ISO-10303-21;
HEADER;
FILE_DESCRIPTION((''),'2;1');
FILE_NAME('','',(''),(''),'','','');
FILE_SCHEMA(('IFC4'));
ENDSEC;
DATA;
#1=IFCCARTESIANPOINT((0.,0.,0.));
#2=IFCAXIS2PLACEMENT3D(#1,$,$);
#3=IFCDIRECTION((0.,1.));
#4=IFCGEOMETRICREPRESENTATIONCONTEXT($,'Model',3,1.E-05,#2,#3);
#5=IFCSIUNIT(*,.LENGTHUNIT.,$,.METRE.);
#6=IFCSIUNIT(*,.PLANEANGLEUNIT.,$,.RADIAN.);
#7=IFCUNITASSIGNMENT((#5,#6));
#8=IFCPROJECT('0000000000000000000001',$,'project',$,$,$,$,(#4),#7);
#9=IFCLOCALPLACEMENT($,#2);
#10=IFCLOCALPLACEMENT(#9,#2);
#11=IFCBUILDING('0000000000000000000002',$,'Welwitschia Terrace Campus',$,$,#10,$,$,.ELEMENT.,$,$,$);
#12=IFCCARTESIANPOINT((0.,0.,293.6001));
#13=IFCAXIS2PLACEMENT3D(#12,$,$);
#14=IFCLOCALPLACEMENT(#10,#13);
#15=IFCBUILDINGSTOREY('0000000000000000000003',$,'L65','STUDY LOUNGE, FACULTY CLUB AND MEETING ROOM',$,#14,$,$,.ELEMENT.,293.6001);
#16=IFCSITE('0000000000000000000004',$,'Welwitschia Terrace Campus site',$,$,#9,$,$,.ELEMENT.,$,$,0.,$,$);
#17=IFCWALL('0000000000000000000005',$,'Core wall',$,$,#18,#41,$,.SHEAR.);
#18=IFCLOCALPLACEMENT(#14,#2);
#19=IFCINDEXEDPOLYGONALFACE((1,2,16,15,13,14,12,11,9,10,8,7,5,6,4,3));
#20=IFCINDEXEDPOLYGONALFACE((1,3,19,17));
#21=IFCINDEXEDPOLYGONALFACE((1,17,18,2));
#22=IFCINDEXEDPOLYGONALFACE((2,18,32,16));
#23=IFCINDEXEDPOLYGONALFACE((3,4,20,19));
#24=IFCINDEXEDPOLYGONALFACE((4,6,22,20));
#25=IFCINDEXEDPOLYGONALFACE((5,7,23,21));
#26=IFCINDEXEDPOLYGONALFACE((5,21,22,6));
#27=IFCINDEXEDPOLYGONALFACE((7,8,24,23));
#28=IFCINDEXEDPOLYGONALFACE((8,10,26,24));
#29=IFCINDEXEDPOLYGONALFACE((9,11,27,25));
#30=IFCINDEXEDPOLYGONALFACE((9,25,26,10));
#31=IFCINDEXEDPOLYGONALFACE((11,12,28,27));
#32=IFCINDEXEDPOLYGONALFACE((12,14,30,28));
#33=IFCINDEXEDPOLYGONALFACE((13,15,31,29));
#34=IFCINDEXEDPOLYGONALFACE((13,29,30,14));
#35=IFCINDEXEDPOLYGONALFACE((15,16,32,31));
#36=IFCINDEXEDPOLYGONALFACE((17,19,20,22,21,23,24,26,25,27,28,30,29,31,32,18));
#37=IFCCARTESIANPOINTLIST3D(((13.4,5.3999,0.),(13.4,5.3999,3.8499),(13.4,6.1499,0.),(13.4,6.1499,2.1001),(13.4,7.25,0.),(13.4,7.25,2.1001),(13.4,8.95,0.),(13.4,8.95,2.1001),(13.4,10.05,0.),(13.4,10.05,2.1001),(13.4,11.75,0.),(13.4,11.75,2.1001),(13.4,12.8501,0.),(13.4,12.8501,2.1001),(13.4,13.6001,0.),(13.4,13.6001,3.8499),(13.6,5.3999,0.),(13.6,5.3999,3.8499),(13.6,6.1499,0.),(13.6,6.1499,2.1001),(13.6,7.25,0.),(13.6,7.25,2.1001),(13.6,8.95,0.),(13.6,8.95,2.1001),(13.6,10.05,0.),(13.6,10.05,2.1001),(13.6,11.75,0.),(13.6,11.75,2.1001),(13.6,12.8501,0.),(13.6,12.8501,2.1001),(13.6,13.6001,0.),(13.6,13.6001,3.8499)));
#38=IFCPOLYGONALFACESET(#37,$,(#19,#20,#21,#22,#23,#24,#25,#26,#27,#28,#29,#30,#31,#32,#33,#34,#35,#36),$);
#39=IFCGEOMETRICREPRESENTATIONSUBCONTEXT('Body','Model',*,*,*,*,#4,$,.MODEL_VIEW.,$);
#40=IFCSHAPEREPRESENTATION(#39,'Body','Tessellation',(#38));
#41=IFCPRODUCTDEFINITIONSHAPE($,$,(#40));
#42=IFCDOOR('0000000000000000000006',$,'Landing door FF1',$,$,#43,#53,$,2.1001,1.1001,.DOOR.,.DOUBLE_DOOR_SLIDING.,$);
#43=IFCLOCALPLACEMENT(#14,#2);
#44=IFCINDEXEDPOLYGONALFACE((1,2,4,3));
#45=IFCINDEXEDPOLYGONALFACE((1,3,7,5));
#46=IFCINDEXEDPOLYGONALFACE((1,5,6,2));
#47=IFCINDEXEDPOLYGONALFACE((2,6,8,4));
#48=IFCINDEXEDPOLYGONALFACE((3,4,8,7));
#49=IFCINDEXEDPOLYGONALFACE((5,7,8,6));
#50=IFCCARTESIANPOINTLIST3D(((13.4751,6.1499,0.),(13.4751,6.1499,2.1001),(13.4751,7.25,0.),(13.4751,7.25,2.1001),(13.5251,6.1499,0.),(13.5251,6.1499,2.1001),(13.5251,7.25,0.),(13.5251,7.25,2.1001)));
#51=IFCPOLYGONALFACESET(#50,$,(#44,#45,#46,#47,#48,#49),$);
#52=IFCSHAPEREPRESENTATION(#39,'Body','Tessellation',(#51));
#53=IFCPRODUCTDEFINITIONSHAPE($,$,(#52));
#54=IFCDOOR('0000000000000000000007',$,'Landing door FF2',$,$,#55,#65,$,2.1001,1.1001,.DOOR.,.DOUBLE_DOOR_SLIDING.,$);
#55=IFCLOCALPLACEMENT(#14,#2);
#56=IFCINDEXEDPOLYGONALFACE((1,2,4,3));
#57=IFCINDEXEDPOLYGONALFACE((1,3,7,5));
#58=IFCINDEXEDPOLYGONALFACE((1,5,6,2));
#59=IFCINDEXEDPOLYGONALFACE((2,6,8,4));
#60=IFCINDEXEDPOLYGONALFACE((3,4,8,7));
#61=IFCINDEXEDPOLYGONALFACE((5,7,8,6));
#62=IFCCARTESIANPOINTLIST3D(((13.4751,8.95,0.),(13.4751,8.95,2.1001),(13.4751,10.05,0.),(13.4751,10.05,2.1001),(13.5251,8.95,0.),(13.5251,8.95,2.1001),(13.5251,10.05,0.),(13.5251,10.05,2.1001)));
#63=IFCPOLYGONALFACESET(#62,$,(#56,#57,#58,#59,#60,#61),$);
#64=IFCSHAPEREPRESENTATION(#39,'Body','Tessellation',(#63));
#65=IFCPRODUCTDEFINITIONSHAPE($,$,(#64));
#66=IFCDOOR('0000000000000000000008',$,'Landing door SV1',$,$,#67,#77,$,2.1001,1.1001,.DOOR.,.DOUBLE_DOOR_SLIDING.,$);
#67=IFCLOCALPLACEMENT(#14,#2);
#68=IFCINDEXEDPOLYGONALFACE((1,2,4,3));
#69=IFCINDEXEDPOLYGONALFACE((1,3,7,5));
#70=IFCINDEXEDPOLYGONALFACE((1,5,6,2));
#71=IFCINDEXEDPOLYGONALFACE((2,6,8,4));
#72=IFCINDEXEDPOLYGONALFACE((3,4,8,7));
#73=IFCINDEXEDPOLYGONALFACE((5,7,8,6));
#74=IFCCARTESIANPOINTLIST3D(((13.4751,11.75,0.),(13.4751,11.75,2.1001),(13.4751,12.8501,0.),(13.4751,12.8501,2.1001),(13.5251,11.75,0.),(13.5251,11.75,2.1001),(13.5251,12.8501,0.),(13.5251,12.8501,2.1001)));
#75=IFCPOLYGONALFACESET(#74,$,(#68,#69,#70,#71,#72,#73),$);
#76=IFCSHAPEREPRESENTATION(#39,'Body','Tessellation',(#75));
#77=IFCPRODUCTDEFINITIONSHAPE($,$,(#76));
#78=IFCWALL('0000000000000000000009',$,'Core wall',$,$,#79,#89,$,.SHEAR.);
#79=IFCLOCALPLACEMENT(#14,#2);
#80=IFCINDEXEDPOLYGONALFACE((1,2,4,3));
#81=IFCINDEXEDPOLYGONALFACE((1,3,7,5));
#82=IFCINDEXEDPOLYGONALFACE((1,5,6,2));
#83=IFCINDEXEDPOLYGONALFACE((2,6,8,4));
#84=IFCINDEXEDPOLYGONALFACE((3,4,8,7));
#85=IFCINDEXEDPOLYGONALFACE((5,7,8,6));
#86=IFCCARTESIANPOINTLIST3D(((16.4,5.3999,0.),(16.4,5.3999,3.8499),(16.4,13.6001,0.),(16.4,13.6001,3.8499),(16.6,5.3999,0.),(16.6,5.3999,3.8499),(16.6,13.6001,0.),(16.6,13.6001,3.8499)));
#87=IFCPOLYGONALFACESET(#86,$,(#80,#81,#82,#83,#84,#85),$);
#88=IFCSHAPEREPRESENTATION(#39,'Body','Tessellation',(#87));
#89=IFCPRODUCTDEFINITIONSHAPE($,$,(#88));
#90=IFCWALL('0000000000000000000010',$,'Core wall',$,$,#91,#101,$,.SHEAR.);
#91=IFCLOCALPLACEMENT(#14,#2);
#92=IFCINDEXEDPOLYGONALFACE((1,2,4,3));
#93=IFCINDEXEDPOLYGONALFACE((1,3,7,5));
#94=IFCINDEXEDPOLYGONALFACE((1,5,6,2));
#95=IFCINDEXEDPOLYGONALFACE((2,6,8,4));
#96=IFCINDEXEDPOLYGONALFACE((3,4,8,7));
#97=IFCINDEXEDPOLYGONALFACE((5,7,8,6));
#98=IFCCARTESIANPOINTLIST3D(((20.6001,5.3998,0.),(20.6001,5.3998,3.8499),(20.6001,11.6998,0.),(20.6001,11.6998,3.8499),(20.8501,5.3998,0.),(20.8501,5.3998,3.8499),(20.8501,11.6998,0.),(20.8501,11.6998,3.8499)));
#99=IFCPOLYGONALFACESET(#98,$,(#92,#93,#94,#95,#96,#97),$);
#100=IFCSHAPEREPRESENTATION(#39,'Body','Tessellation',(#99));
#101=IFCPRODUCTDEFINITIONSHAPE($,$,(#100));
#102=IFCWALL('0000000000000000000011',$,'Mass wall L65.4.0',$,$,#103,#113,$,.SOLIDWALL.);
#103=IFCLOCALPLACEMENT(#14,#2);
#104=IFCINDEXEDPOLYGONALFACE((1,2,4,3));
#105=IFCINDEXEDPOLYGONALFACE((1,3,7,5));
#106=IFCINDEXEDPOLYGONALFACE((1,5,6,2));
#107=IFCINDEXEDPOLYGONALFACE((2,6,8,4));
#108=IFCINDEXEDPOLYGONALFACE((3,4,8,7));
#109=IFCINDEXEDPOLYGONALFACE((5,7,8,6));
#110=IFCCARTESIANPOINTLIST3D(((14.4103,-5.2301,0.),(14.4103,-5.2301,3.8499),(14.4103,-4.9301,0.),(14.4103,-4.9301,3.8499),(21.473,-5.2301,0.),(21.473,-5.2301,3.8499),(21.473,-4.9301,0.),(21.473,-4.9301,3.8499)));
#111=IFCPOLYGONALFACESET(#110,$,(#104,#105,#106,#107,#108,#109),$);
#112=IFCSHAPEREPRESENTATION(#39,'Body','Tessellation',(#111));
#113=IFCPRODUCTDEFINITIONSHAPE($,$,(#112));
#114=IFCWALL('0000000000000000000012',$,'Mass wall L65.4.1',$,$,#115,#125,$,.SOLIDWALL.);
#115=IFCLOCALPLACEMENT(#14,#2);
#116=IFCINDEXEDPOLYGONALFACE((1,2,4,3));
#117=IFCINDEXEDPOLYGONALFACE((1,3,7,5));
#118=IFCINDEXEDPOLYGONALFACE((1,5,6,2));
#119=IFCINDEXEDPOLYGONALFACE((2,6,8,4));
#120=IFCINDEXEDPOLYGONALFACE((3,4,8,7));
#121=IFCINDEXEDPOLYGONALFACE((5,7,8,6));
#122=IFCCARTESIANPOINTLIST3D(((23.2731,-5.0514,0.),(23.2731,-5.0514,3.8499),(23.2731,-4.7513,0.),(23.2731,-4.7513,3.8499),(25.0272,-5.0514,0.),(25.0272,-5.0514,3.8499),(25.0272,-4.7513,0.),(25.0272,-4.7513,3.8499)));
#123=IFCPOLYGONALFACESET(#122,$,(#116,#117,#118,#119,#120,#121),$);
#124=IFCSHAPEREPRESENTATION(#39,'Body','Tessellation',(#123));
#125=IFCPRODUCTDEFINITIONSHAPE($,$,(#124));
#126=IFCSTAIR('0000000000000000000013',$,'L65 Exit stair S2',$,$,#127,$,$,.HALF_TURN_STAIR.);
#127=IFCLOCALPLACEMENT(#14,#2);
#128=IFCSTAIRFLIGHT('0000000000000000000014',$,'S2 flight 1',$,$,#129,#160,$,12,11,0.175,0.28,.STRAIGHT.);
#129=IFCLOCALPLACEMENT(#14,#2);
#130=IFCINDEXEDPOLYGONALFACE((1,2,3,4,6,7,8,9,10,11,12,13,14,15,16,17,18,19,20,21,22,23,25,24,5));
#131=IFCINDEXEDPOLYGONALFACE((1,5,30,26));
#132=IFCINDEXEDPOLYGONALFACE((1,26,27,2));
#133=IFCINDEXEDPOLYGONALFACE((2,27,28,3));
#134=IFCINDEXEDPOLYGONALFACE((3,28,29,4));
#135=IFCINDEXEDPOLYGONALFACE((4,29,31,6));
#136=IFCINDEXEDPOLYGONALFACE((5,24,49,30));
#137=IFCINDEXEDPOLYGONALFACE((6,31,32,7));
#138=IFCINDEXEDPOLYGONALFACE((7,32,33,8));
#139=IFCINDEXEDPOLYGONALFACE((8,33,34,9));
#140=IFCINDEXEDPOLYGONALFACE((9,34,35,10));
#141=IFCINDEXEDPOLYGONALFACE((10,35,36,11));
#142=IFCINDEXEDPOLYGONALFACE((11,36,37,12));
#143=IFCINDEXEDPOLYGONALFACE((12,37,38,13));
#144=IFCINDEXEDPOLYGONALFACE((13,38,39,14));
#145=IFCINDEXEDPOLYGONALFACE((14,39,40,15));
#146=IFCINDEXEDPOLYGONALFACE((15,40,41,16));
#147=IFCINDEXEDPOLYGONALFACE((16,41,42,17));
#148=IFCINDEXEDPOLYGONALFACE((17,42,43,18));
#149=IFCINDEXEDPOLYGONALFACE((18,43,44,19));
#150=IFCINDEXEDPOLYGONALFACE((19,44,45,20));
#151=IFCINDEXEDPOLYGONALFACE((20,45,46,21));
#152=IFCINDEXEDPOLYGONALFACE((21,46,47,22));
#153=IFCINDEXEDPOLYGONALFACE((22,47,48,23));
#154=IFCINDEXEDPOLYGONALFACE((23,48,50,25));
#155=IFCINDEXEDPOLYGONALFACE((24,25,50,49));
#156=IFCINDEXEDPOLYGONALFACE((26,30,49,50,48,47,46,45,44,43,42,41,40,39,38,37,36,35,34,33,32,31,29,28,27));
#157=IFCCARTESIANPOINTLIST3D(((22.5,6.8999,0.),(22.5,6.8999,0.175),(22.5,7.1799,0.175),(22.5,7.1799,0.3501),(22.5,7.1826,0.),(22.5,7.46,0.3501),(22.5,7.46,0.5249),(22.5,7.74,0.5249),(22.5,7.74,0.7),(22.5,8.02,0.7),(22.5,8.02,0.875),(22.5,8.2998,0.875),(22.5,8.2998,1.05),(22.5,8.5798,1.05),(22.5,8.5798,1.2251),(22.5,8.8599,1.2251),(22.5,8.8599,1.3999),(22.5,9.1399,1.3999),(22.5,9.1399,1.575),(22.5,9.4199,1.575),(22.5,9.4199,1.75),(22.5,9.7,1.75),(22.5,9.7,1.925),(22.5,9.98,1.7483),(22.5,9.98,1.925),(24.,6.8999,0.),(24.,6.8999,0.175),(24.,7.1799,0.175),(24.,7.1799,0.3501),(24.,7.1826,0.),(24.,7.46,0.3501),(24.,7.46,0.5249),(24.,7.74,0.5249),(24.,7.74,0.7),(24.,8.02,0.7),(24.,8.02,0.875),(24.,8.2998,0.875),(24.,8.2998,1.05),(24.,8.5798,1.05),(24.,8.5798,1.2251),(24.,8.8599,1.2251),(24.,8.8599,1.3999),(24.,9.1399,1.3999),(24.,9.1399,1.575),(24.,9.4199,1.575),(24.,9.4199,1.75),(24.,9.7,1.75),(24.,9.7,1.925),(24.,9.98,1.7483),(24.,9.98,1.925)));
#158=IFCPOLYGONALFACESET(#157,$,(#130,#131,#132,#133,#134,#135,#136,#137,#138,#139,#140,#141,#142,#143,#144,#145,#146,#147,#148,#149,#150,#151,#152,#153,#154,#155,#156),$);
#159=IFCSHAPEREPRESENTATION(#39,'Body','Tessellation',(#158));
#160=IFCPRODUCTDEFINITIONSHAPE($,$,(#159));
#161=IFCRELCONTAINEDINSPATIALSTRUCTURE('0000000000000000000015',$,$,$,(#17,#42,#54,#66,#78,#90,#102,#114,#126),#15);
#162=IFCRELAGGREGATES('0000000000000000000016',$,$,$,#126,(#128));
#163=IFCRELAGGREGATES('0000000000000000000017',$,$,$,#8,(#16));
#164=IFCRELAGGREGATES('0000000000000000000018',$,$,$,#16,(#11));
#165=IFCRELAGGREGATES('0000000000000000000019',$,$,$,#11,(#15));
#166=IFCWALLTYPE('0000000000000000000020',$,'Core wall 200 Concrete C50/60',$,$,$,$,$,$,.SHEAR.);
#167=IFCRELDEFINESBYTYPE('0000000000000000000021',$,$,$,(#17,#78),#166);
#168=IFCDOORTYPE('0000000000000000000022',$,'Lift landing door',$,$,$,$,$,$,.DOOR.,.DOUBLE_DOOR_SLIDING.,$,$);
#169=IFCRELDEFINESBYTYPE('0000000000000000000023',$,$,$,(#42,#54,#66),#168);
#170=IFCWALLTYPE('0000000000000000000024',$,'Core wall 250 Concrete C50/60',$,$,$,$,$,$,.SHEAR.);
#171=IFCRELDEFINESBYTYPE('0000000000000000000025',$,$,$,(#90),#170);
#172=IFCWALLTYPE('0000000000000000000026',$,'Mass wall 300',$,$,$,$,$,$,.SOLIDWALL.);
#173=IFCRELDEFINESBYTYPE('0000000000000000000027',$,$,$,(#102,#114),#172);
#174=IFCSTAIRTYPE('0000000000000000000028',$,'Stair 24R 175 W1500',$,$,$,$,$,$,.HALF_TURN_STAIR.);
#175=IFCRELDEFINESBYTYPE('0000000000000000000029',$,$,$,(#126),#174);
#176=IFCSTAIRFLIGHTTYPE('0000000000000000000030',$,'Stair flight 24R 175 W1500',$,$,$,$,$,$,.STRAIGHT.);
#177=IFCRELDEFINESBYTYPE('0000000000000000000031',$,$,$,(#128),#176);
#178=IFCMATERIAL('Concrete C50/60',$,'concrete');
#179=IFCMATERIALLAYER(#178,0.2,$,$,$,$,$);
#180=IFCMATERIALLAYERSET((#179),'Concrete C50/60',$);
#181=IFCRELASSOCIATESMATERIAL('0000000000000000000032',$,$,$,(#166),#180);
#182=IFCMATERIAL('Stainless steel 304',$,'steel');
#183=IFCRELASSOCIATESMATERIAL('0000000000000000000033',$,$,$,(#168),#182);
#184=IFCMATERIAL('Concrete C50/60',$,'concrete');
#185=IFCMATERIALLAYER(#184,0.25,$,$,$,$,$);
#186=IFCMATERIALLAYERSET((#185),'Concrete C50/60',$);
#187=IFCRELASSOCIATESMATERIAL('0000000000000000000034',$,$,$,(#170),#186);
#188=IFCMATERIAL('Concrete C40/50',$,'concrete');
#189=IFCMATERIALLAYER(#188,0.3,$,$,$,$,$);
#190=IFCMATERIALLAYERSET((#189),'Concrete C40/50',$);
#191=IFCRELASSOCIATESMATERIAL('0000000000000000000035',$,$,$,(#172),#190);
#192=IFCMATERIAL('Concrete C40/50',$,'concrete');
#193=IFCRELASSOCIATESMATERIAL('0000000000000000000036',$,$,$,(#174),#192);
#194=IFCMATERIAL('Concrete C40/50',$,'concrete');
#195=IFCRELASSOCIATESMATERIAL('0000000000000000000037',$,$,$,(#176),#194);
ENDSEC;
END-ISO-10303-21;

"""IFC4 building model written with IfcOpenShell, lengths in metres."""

from ifc_helpers import new_model, si_unit, direction, frame, frame_2d, origin, place, context, subcontext, project, spatial, polyline, rectangle, outline, extrude, material, layer, layer_set, type_object, element, fill, aggregate, save


model = new_model("IFC4")

# Units and contexts
model_context = context("Model", 3, precision=1e-05, world=origin(), true_north=direction((0.0, 1.0)))
body_context = subcontext(model_context, "Body", "Model", "MODEL_VIEW")
ifc_project = project(units=[si_unit("LENGTHUNIT", "METRE"), si_unit("PLANEANGLEUNIT", "RADIAN")], contexts=[model_context])

# Site, building, storey
site_placement = place(None, origin())
site = spatial("IfcSite", under=ifc_project, at=site_placement, Name="Welwitschia Terrace Campus site", CompositionType="ELEMENT", RefElevation=0.0)
building_placement = place(site_placement, origin())
building = spatial("IfcBuilding", under=site, at=building_placement, Name="Welwitschia Terrace Campus", CompositionType="ELEMENT")
storey_placement = place(building_placement, frame((0.0, 0.0, 293.6001)))
storey = spatial("IfcBuildingStorey", under=building, at=storey_placement, Name="L65", Description="STUDY LOUNGE, FACULTY CLUB AND MEETING ROOM", CompositionType="ELEMENT", Elevation=293.6001)

# Shared definitions
ifc_material_1 = material(Name="Concrete C50/60", Category="concrete")
ifc_layer_1 = layer(ifc_material_1, 0.2)
ifc_layer_set_1 = layer_set([ifc_layer_1], Name="Concrete C50/60")
wall_type_1 = type_object("IfcWallType", Name="Core wall 200 Concrete C50/60", PredefinedType="SHEAR", material=ifc_layer_set_1)

# Wall, openings, doors
wall_1_placement = place(storey_placement, frame((13.5, 5.3999, 0.0), z_axis=(0.0, 0.0, 1.0), x_axis=(0.0, 1.0, 0.0)))
wall_1 = element("IfcWall", 1, at=wall_1_placement, inside=storey, type_object=wall_type_1, Name="Core wall", PredefinedType="SHEAR", context=body_context, shape_type="SweptSolid", body=[
    extrude(rectangle(XDim=8.2002, YDim=0.2, at=frame_2d((4.1001, 0.0))), origin(), (0.0, 0.0, 1.0), 3.8499),
])
opening_1_placement = place(wall_1_placement, frame((0.75, 0.0, 0.0)))
opening_1 = element("IfcOpeningElement", 2, at=opening_1_placement, cuts=wall_1, PredefinedType="OPENING", context=body_context, shape_type="SweptSolid", body=[
    extrude(rectangle(XDim=1.1001, YDim=2.1001, at=frame_2d((0.55, 1.05))), frame((0.0, 0.1099, 0.0), z_axis=(0.0, -1.0, 0.0), x_axis=(1.0, 0.0, 0.0)), (0.0, 0.0, 1.0), 0.22),
])
opening_2_placement = place(wall_1_placement, frame((3.55, 0.0, 0.0)))
opening_2 = element("IfcOpeningElement", 3, at=opening_2_placement, cuts=wall_1, PredefinedType="OPENING", context=body_context, shape_type="SweptSolid", body=[
    extrude(rectangle(XDim=1.1001, YDim=2.1001, at=frame_2d((0.55, 1.05))), frame((0.0, 0.1099, 0.0), z_axis=(0.0, -1.0, 0.0), x_axis=(1.0, 0.0, 0.0)), (0.0, 0.0, 1.0), 0.22),
])
opening_3_placement = place(wall_1_placement, frame((6.3501, 0.0, 0.0)))
opening_3 = element("IfcOpeningElement", 4, at=opening_3_placement, cuts=wall_1, PredefinedType="OPENING", context=body_context, shape_type="SweptSolid", body=[
    extrude(rectangle(XDim=1.1001, YDim=2.1001, at=frame_2d((0.55, 1.05))), frame((0.0, 0.1099, 0.0), z_axis=(0.0, -1.0, 0.0), x_axis=(1.0, 0.0, 0.0)), (0.0, 0.0, 1.0), 0.22),
])
ifc_material_2 = material(Name="Stainless steel 304", Category="steel")
door_type = type_object("IfcDoorType", Name="Lift landing door", OperationType="DOUBLE_DOOR_SLIDING", PredefinedType="DOOR", material=ifc_material_2)
door_1_placement = place(opening_1_placement, origin())
door_1 = element("IfcDoor", 5, at=door_1_placement, inside=storey, type_object=door_type, Name="Landing door FF1", OperationType="DOUBLE_DOOR_SLIDING", OverallHeight=2.1001, OverallWidth=1.1001, PredefinedType="DOOR", context=body_context, shape_type="SweptSolid", body=[
    extrude(rectangle(XDim=1.1001, YDim=2.1001, at=frame_2d((0.55, 1.05))), frame((0.0, 0.0249, 0.0), z_axis=(0.0, -1.0, 0.0), x_axis=(1.0, 0.0, 0.0)), (0.0, 0.0, 1.0), 0.05),
])
fill(opening_1, door_1)
door_2_placement = place(opening_2_placement, origin())
door_2 = element("IfcDoor", 6, at=door_2_placement, inside=storey, type_object=door_type, Name="Landing door FF2", OperationType="DOUBLE_DOOR_SLIDING", OverallHeight=2.1001, OverallWidth=1.1001, PredefinedType="DOOR", context=body_context, shape_type="SweptSolid", body=[
    extrude(rectangle(XDim=1.1001, YDim=2.1001, at=frame_2d((0.55, 1.05))), frame((0.0, 0.0249, 0.0), z_axis=(0.0, -1.0, 0.0), x_axis=(1.0, 0.0, 0.0)), (0.0, 0.0, 1.0), 0.05),
])
fill(opening_2, door_2)
door_3_placement = place(opening_3_placement, origin())
door_3 = element("IfcDoor", 7, at=door_3_placement, inside=storey, type_object=door_type, Name="Landing door SV1", OperationType="DOUBLE_DOOR_SLIDING", OverallHeight=2.1001, OverallWidth=1.1001, PredefinedType="DOOR", context=body_context, shape_type="SweptSolid", body=[
    extrude(rectangle(XDim=1.1001, YDim=2.1001, at=frame_2d((0.55, 1.05))), frame((0.0, 0.0249, 0.0), z_axis=(0.0, -1.0, 0.0), x_axis=(1.0, 0.0, 0.0)), (0.0, 0.0, 1.0), 0.05),
])
fill(opening_3, door_3)

# Walls
wall_2_placement = place(storey_placement, frame((16.5, 5.3999, 0.0), z_axis=(0.0, 0.0, 1.0), x_axis=(0.0, 1.0, 0.0)))
element("IfcWall", 8, at=wall_2_placement, inside=storey, type_object=wall_type_1, Name="Core wall", PredefinedType="SHEAR", context=body_context, shape_type="SweptSolid", body=[
    extrude(rectangle(XDim=8.2002, YDim=0.2, at=frame_2d((4.1001, 0.0))), origin(), (0.0, 0.0, 1.0), 3.8499),
])
ifc_material_3 = material(Name="Concrete C50/60", Category="concrete")
ifc_layer_2 = layer(ifc_material_3, 0.25)
ifc_layer_set_2 = layer_set([ifc_layer_2], Name="Concrete C50/60")
wall_type_2 = type_object("IfcWallType", Name="Core wall 250 Concrete C50/60", PredefinedType="SHEAR", material=ifc_layer_set_2)
wall_3_placement = place(storey_placement, frame((20.7251, 5.3999, 0.0), z_axis=(0.0, 0.0, 1.0), x_axis=(0.0, 1.0, 0.0)))
element("IfcWall", 9, at=wall_3_placement, inside=storey, type_object=wall_type_2, Name="Core wall", PredefinedType="SHEAR", context=body_context, shape_type="SweptSolid", body=[
    extrude(rectangle(XDim=6.3, YDim=0.25, at=frame_2d((3.1499, 0.0))), origin(), (0.0, 0.0, 1.0), 3.8499),
])
ifc_material_4 = material(Name="Concrete C40/50", Category="concrete")
ifc_layer_3 = layer(ifc_material_4, 0.3)
ifc_layer_set_3 = layer_set([ifc_layer_3], Name="Concrete C40/50")
wall_type_3 = type_object("IfcWallType", Name="Mass wall 300", PredefinedType="SOLIDWALL", material=ifc_layer_set_3)
wall_4_placement = place(storey_placement, frame((14.4104, -5.0801, 0.0), z_axis=(0.0, 0.0, 1.0), x_axis=(1.0, 0.0, 0.0)))
element("IfcWall", 10, at=wall_4_placement, inside=storey, type_object=wall_type_3, Name="Mass wall L65.4.0", PredefinedType="SOLIDWALL", context=body_context, shape_type="SweptSolid", body=[
    extrude(rectangle(XDim=7.0627, YDim=0.3, at=frame_2d((3.5312, 0.0))), origin(), (0.0, 0.0, 1.0), 3.8499),
])
wall_5_placement = place(storey_placement, frame((23.2732, -4.9014, 0.0), z_axis=(0.0, 0.0, 1.0), x_axis=(1.0, 0.0, 0.0)))
element("IfcWall", 11, at=wall_5_placement, inside=storey, type_object=wall_type_3, Name="Mass wall L65.4.1", PredefinedType="SOLIDWALL", context=body_context, shape_type="SweptSolid", body=[
    extrude(rectangle(XDim=1.7542, YDim=0.3, at=frame_2d((0.877, 0.0))), origin(), (0.0, 0.0, 1.0), 3.8499),
])

# Stair, stair flight
ifc_material_5 = material(Name="Concrete C40/50", Category="concrete")
stair_type = type_object("IfcStairType", Name="Stair 24R 175 W1500", PredefinedType="HALF_TURN_STAIR", material=ifc_material_5)
stair_placement = place(storey_placement, origin())
stair = element("IfcStair", 12, at=stair_placement, inside=storey, type_object=stair_type, Name="L65 Exit stair S2", PredefinedType="HALF_TURN_STAIR")
ifc_material_6 = material(Name="Concrete C40/50", Category="concrete")
stair_flight_type = type_object("IfcStairFlightType", Name="Stair flight 24R 175 W1500", PredefinedType="STRAIGHT", material=ifc_material_6)
stair_flight_placement = place(storey_placement, frame((23.25, 6.8999, 0.0), z_axis=(0.0, 0.0, 1.0), x_axis=(0.0, 1.0, 0.0)))
stair_flight = element("IfcStairFlight", 13, at=stair_flight_placement, type_object=stair_flight_type, Name="S2 flight 1", NumberOfRisers=12, NumberOfTreads=11, PredefinedType="STRAIGHT", RiserHeight=0.175, TreadLength=0.28, context=body_context, shape_type="SweptSolid", body=[
    extrude(outline(polyline([(0.0, 0.0), (0.0, 0.175), (0.28, 0.175), (0.28, 0.3501), (0.5601, 0.3501), (0.5601, 0.5249), (0.8401, 0.5249), (0.8401, 0.7), (1.1201, 0.7), (1.1201, 0.875), (1.3999, 0.875), (1.3999, 1.05), (1.6799, 1.05), (1.6799, 1.2251), (1.96, 1.2251), (1.96, 1.3999), (2.24, 1.3999), (2.24, 1.575), (2.52, 1.575), (2.52, 1.75), (2.8, 1.75), (2.8, 1.925), (3.0801, 1.925), (3.0801, 2.1001), (3.0801, 1.7483), (0.2827, 0.0), (0.0, 0.0)])), frame((0.0, 0.75, 0.0), z_axis=(0.0, -1.0, 0.0), x_axis=(1.0, 0.0, 0.0)), (0.0, 0.0, 1.0), 1.5),
])
aggregate(stair, [stair_flight])

save(model, "model.ifc")
